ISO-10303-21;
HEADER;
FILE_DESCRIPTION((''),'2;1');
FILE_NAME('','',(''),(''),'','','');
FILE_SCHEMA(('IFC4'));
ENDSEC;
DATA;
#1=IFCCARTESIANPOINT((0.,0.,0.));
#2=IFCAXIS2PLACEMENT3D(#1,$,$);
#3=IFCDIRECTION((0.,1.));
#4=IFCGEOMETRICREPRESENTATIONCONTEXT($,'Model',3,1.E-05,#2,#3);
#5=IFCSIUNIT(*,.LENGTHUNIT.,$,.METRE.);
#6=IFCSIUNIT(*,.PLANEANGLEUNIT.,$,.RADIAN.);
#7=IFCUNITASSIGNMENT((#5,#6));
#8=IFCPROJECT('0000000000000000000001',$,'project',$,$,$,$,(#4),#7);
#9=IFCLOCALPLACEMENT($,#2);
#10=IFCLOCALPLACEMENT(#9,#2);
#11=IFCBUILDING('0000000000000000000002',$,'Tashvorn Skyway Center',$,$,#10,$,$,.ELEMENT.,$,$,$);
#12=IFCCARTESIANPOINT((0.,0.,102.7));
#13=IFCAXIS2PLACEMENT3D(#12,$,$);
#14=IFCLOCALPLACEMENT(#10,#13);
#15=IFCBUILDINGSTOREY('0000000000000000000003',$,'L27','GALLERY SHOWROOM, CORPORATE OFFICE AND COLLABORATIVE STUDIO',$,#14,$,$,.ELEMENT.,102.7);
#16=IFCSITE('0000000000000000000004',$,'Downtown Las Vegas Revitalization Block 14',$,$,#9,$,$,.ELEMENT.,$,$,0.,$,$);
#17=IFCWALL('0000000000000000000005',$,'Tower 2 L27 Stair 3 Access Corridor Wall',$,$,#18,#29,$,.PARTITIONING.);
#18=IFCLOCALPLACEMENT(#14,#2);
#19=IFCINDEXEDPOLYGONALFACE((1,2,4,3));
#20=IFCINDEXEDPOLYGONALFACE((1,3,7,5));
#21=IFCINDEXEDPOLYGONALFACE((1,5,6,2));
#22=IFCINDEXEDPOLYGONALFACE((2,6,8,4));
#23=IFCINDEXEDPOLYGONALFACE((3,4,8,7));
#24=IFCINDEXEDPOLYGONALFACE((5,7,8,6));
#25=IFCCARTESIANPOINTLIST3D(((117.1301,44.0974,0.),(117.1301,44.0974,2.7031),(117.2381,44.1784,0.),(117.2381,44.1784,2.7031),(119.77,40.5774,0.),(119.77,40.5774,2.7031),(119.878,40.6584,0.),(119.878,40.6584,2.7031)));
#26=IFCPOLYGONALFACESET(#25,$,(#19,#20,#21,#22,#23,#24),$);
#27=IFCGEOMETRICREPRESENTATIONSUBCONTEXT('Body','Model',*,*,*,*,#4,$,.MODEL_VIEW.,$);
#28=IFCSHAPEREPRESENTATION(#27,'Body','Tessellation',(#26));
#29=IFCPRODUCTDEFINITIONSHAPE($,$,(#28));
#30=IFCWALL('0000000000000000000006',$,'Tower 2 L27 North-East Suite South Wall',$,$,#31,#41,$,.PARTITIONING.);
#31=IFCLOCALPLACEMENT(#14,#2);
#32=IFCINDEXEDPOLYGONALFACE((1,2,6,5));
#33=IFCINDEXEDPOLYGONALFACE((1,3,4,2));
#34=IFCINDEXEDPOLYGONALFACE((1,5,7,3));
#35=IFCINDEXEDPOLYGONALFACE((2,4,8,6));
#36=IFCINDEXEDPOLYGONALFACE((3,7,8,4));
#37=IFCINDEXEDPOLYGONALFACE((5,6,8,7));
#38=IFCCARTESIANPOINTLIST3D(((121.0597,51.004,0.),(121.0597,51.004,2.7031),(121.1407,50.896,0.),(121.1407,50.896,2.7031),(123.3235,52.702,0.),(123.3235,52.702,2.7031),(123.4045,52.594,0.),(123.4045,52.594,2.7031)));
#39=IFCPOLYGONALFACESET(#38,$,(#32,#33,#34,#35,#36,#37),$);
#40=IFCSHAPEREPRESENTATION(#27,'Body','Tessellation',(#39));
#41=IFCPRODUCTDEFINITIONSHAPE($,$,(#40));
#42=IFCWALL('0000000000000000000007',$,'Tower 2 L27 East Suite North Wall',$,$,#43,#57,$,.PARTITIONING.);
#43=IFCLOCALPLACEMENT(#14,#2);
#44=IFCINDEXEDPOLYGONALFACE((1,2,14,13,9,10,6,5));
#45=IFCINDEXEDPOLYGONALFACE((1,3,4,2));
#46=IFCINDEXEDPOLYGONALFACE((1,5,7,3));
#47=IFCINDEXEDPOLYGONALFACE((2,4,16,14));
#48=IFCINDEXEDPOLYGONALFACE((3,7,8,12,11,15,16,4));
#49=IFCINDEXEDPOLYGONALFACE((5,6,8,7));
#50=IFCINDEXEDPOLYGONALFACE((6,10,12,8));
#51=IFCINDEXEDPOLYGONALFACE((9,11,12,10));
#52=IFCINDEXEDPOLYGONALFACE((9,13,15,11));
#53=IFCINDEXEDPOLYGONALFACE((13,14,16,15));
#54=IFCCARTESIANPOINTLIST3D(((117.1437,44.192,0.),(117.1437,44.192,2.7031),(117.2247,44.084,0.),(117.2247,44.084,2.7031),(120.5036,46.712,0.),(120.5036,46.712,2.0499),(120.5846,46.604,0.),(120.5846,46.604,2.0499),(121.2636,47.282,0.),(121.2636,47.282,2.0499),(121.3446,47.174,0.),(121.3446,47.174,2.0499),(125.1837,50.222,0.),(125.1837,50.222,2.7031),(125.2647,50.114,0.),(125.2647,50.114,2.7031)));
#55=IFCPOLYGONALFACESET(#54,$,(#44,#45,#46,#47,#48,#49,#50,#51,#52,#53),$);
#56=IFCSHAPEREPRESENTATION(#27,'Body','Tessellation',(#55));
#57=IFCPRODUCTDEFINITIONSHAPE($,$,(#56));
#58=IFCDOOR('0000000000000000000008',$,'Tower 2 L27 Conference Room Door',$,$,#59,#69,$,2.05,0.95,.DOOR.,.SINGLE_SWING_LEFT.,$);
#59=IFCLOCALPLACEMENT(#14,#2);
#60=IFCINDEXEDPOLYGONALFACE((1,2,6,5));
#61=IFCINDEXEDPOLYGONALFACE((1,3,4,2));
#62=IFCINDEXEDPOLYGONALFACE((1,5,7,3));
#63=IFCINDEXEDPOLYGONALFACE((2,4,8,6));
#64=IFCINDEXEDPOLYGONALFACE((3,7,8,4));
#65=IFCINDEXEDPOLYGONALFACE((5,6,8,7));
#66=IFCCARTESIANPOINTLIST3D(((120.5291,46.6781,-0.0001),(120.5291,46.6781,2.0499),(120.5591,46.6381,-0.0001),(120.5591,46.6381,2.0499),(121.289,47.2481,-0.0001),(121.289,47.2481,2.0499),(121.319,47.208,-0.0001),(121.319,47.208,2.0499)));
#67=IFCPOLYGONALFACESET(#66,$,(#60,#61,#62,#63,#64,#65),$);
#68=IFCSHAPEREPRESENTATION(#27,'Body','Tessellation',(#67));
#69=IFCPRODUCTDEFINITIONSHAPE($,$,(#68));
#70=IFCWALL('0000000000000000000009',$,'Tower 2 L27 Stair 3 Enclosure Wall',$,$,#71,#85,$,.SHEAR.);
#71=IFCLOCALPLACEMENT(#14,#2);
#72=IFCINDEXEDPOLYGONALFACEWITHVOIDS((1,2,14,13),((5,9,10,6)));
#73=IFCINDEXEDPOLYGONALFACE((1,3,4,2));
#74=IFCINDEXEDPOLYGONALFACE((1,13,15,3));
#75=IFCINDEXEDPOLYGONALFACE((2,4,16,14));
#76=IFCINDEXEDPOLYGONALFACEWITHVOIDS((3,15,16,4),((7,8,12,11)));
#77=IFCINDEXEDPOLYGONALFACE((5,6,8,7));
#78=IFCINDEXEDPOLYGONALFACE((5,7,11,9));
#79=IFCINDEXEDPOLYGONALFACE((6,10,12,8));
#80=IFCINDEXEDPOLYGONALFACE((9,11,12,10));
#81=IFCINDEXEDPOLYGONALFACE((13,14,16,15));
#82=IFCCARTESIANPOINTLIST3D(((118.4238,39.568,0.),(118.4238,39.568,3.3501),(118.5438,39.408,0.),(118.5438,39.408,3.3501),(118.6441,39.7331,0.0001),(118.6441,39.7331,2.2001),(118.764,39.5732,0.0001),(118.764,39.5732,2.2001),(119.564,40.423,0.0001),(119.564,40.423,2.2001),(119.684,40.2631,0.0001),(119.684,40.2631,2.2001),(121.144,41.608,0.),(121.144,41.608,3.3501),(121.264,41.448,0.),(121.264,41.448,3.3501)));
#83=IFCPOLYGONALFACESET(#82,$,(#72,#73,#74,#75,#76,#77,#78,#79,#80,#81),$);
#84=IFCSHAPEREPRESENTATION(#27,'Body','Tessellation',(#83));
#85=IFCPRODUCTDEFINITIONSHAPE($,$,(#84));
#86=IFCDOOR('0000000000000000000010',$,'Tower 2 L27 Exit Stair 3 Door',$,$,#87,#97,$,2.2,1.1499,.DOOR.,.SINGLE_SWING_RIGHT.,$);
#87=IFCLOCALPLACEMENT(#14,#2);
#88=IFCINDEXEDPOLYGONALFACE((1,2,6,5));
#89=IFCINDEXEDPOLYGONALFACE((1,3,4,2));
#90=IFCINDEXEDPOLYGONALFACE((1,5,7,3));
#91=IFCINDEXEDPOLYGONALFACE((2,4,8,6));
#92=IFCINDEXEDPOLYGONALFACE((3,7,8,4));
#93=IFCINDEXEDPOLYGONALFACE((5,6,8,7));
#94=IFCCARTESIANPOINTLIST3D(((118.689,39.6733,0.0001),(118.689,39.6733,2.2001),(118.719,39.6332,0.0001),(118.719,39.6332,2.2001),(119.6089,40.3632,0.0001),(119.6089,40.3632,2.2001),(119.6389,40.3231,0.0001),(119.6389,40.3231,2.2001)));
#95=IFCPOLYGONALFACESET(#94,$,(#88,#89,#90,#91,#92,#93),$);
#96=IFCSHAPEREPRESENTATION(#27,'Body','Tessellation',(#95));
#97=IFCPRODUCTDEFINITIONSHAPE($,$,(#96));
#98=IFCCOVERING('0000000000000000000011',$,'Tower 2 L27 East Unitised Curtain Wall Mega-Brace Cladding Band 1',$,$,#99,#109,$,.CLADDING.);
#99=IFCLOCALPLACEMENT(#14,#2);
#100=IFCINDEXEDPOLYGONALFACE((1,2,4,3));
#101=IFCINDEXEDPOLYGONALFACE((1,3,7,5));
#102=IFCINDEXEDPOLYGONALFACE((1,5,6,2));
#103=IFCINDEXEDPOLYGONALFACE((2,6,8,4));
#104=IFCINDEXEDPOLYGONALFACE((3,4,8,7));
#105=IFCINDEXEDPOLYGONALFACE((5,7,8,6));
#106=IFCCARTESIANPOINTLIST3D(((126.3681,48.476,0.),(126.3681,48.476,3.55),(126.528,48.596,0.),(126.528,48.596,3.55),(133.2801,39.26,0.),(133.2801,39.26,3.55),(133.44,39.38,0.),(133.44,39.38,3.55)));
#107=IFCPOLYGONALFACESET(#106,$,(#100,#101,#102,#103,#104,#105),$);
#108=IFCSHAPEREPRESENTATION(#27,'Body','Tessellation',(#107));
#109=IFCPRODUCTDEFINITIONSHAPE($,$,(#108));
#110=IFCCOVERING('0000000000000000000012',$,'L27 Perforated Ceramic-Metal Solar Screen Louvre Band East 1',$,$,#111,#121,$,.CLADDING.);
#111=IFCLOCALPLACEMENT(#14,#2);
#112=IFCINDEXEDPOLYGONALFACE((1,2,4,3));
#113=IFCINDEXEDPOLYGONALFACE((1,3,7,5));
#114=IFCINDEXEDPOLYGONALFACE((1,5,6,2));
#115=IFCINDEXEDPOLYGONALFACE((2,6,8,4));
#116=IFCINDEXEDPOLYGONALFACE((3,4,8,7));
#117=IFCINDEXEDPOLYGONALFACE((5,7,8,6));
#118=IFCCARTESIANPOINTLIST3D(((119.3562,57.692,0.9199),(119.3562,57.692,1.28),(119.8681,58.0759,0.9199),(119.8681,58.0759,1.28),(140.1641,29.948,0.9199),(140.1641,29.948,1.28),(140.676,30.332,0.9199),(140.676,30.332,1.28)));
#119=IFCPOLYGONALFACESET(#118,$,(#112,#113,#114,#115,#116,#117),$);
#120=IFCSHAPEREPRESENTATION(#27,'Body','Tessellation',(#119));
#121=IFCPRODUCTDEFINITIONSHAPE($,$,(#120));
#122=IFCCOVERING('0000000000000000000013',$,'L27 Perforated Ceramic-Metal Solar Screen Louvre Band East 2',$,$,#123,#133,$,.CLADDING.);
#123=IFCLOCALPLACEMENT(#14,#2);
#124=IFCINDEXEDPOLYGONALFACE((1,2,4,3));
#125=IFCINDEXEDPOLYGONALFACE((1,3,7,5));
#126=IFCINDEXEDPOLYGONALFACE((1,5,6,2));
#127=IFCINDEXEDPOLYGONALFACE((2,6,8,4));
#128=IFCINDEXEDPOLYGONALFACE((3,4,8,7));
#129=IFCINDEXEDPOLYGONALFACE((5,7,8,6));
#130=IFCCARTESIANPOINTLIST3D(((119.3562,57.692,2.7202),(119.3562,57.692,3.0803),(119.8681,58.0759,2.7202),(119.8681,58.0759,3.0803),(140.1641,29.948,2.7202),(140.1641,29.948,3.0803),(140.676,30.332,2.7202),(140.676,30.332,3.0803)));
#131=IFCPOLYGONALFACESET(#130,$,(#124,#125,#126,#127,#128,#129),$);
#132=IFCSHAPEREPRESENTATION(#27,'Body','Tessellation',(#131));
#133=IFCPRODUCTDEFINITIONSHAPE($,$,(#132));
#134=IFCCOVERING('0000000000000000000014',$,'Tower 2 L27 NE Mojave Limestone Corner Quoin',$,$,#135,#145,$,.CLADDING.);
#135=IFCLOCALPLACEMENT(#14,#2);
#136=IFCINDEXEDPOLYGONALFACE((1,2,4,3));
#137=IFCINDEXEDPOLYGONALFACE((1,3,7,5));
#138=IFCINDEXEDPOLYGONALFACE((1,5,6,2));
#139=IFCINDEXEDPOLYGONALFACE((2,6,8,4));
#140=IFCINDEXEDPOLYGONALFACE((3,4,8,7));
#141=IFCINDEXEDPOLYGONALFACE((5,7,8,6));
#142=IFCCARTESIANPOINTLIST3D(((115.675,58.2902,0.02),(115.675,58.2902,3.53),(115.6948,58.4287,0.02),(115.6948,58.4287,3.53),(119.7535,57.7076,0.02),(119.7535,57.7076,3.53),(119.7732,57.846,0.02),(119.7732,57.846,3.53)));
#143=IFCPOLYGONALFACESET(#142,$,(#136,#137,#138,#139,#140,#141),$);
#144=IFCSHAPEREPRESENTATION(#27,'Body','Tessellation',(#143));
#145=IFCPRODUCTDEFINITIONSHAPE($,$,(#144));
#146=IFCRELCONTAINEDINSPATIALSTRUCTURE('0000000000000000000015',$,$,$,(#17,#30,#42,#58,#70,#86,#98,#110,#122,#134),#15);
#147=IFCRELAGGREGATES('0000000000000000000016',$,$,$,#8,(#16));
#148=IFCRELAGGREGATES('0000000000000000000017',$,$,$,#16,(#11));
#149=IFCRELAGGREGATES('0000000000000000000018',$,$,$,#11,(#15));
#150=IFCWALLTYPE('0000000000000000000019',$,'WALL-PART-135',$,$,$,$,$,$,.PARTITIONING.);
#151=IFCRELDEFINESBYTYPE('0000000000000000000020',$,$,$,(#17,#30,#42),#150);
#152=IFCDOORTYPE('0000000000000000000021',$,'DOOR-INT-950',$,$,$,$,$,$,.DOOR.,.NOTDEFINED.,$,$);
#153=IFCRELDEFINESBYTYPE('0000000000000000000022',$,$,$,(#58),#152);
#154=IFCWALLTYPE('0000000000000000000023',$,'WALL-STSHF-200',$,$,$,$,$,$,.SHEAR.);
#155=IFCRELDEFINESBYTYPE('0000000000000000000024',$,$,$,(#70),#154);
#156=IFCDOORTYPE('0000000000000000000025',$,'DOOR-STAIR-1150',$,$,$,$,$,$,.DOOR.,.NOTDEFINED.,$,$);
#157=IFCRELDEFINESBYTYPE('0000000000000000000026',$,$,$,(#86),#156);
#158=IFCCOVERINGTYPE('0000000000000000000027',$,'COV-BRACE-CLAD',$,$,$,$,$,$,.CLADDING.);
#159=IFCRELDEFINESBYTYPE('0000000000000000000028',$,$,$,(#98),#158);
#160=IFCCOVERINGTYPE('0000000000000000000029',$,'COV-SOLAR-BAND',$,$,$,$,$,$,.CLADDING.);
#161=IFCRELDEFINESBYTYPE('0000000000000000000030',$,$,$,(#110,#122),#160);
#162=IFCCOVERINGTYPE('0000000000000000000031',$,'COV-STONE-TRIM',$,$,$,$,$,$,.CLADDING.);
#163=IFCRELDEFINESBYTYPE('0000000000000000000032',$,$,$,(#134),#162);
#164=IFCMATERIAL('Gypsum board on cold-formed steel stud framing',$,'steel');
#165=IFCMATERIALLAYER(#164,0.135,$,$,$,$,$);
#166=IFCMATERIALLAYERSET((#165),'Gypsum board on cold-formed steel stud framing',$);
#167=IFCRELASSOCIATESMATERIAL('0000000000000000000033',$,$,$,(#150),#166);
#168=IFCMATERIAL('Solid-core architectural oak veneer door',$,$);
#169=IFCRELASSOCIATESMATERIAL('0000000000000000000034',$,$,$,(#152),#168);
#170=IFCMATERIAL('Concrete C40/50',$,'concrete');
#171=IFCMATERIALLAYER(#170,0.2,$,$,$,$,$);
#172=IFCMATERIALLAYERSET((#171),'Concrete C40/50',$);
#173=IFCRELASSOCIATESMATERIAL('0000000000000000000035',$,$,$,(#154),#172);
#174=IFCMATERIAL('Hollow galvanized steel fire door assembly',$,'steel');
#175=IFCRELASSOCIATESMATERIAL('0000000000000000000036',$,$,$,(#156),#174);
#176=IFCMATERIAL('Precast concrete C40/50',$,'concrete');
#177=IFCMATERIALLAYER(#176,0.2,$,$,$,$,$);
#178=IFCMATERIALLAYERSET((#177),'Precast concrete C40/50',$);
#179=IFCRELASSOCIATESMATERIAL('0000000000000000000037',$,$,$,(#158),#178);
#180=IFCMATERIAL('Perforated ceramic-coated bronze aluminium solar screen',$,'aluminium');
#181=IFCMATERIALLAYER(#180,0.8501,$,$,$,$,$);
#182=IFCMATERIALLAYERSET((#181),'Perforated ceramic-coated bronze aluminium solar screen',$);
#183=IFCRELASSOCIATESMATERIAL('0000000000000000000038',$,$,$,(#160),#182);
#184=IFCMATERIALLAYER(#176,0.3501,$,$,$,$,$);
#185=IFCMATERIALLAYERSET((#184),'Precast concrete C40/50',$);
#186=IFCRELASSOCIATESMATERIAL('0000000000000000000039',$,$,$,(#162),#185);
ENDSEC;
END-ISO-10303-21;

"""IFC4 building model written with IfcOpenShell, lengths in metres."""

from ifc_helpers import new_model, si_unit, direction, frame, frame_2d, origin, origin_2d, place, context, subcontext, project, spatial, rectangle, extrude, material, layer, layer_set, type_object, element, fill, save


model = new_model("IFC4")

# Units and contexts
model_context = context("Model", 3, precision=1e-05, world=origin(), true_north=direction((0.0, 1.0)))
body_context = subcontext(model_context, "Body", "Model", "MODEL_VIEW")
ifc_project = project(units=[si_unit("LENGTHUNIT", "METRE"), si_unit("PLANEANGLEUNIT", "RADIAN")], contexts=[model_context])

# Site, building, storey
site_placement = place(None, origin())
site = spatial("IfcSite", under=ifc_project, at=site_placement, Name="Downtown Las Vegas Revitalization Block 14", CompositionType="ELEMENT", RefElevation=0.0)
building_placement = place(site_placement, origin())
building = spatial("IfcBuilding", under=site, at=building_placement, Name="Tashvorn Skyway Center", CompositionType="ELEMENT")
storey_placement = place(building_placement, frame((0.0, 0.0, 102.7)))
storey = spatial("IfcBuildingStorey", under=building, at=storey_placement, Name="L27", Description="GALLERY SHOWROOM, CORPORATE OFFICE AND COLLABORATIVE STUDIO", CompositionType="ELEMENT", Elevation=102.7)

# Walls
ifc_material_1 = material(Name="Precast concrete C40/50", Category="concrete")
ifc_material_2 = material(Name="Gypsum board on cold-formed steel stud framing", Category="steel")
ifc_layer_1 = layer(ifc_material_2, 0.135)
ifc_layer_set_1 = layer_set([ifc_layer_1], Name="Gypsum board on cold-formed steel stud framing")
wall_type_1 = type_object("IfcWallType", Name="WALL-PART-135", PredefinedType="PARTITIONING", material=ifc_layer_set_1)
wall_1_placement = place(storey_placement, frame((119.824, 40.6179, 0.0), z_axis=(0.0, 0.0, 1.0), x_axis=(-0.599982, 0.800013, 0.0)))
element("IfcWall", 1, at=wall_1_placement, inside=storey, type_object=wall_type_1, Name="Tower 2 L27 Stair 3 Access Corridor Wall", PredefinedType="PARTITIONING", context=body_context, shape_type="SweptSolid", body=[
    extrude(rectangle(XDim=4.3999, YDim=0.135, at=frame_2d((2.2, 0.0))), origin(), (0.0, 0.0, 1.0), 2.7031),
])
wall_2_placement = place(storey_placement, frame((121.1001, 50.95, 0.0), z_axis=(0.0, 0.0, 1.0), x_axis=(0.79999, 0.600014, 0.0)))
element("IfcWall", 2, at=wall_2_placement, inside=storey, type_object=wall_type_1, Name="Tower 2 L27 North-East Suite South Wall", PredefinedType="PARTITIONING", context=body_context, shape_type="SweptSolid", body=[
    extrude(rectangle(XDim=2.8298, YDim=0.135, at=frame_2d((1.415, 0.0))), origin(), (0.0, 0.0, 1.0), 2.7031),
])

# Walls, openings, doors
wall_3_placement = place(storey_placement, frame((125.2241, 50.168, 0.0), z_axis=(0.0, 0.0, 1.0), x_axis=(-0.8, -0.6, 0.0)))
wall_3 = element("IfcWall", 3, at=wall_3_placement, inside=storey, type_object=wall_type_1, Name="Tower 2 L27 East Suite North Wall", PredefinedType="PARTITIONING", context=body_context, shape_type="SweptSolid", body=[
    extrude(rectangle(XDim=10.05, YDim=0.135, at=frame_2d((5.0249, 0.0))), origin(), (0.0, 0.0, 1.0), 2.7031),
])
opening_1_placement = place(wall_3_placement, frame((4.8999, 0.0, 0.0)))
opening_1 = element("IfcOpeningElement", 4, at=opening_1_placement, cuts=wall_3, PredefinedType="OPENING", context=body_context, shape_type="SweptSolid", body=[
    extrude(rectangle(XDim=0.95, YDim=2.05, at=frame_2d((0.4751, 1.0249))), frame((0.0, 0.0774, 0.0), z_axis=(0.0, -1.0, 0.0), x_axis=(1.0, 0.0, 0.0)), (0.0, 0.0, 1.0), 0.155),
])
ifc_material_3 = material(Name="Solid-core architectural oak veneer door")
door_type_1 = type_object("IfcDoorType", Name="DOOR-INT-950", OperationType="NOTDEFINED", PredefinedType="DOOR", material=ifc_material_3)
door_1_placement = place(opening_1_placement, origin())
door_1 = element("IfcDoor", 5, at=door_1_placement, inside=storey, type_object=door_type_1, Name="Tower 2 L27 Conference Room Door", OperationType="SINGLE_SWING_LEFT", OverallHeight=2.05, OverallWidth=0.95, PredefinedType="DOOR", context=body_context, shape_type="SweptSolid", body=[
    extrude(rectangle(XDim=0.95, YDim=2.05, at=frame_2d((0.4751, 1.0249))), frame((0.0, 0.0249, 0.0), z_axis=(0.0, -1.0, 0.0), x_axis=(1.0, 0.0, 0.0)), (0.0, 0.0, 1.0), 0.05),
])
fill(opening_1, door_1)
ifc_material_4 = material(Name="Concrete C40/50", Category="concrete")
ifc_layer_2 = layer(ifc_material_4, 0.2)
ifc_layer_set_2 = layer_set([ifc_layer_2], Name="Concrete C40/50")
wall_type_2 = type_object("IfcWallType", Name="WALL-STSHF-200", PredefinedType="SHEAR", material=ifc_layer_set_2)
wall_4_placement = place(storey_placement, frame((121.2041, 41.5281, 0.0), z_axis=(0.0, 0.0, 1.0), x_axis=(-0.800017, -0.599977, 0.0)))
wall_4 = element("IfcWall", 6, at=wall_4_placement, inside=storey, type_object=wall_type_2, Name="Tower 2 L27 Stair 3 Enclosure Wall", PredefinedType="SHEAR", context=body_context, shape_type="SweptSolid", body=[
    extrude(rectangle(XDim=3.4001, YDim=0.2, at=frame_2d((1.7002, 0.0))), origin(), (0.0, 0.0, 1.0), 3.3501),
])
opening_2_placement = place(wall_4_placement, frame((1.9751, 0.0, 0.0)))
opening_2 = element("IfcOpeningElement", 7, at=opening_2_placement, cuts=wall_4, PredefinedType="OPENING", context=body_context, shape_type="SweptSolid", body=[
    extrude(rectangle(XDim=1.1499, YDim=2.2, at=frame_2d((0.575, 1.1001))), frame((0.0, 0.1099, 0.0), z_axis=(0.0, -1.0, 0.0), x_axis=(1.0, 0.0, 0.0)), (0.0, 0.0, 1.0), 0.22),
])
ifc_material_5 = material(Name="Hollow galvanized steel fire door assembly", Category="steel")
door_type_2 = type_object("IfcDoorType", Name="DOOR-STAIR-1150", OperationType="NOTDEFINED", PredefinedType="DOOR", material=ifc_material_5)
door_2_placement = place(opening_2_placement, origin())
door_2 = element("IfcDoor", 8, at=door_2_placement, inside=storey, type_object=door_type_2, Name="Tower 2 L27 Exit Stair 3 Door", OperationType="SINGLE_SWING_RIGHT", OverallHeight=2.2, OverallWidth=1.1499, PredefinedType="DOOR", context=body_context, shape_type="SweptSolid", body=[
    extrude(rectangle(XDim=1.1499, YDim=2.2, at=frame_2d((0.575, 1.1001))), frame((0.0, 0.0249, 0.0), z_axis=(0.0, -1.0, 0.0), x_axis=(1.0, 0.0, 0.0)), (0.0, 0.0, 1.0), 0.05),
])
fill(opening_2, door_2)

# Coverings
ifc_layer_3 = layer(ifc_material_1, 0.2)
ifc_layer_set_3 = layer_set([ifc_layer_3], Name="Precast concrete C40/50")
covering_type_1 = type_object("IfcCoveringType", Name="COV-BRACE-CLAD", PredefinedType="CLADDING", material=ifc_layer_set_3)
covering_1_placement = place(storey_placement, frame((129.9041, 43.928, 0.0), z_axis=(0.0, 0.0, 1.0), x_axis=(0.6, -0.8, 0.0)))
element("IfcCovering", 9, at=covering_1_placement, inside=storey, type_object=covering_type_1, Name="Tower 2 L27 East Unitised Curtain Wall Mega-Brace Cladding Band 1", PredefinedType="CLADDING", context=body_context, shape_type="SweptSolid", body=[
    extrude(rectangle(XDim=11.52, YDim=0.2, at=origin_2d()), origin(), (0.0, 0.0, 1.0), 3.55),
])
ifc_material_6 = material(Name="Perforated ceramic-coated bronze aluminium solar screen", Category="aluminium")
ifc_layer_4 = layer(ifc_material_6, 0.8501)
ifc_layer_set_4 = layer_set([ifc_layer_4], Name="Perforated ceramic-coated bronze aluminium solar screen")
covering_type_2 = type_object("IfcCoveringType", Name="COV-SOLAR-BAND", PredefinedType="CLADDING", material=ifc_layer_set_4)
for number, where, z_axis, x_axis, name in (
    (10, (130.0161, 44.012, 0.9199), (0.0, 0.0, 1.0), (0.6, -0.8, 0.0), "L27 Perforated Ceramic-Metal Solar Screen Louvre Band East 1"),
    (11, (130.0161, 44.012, 2.7202), (0.0, 0.0, 1.0), (0.6, -0.8, 0.0), "L27 Perforated Ceramic-Metal Solar Screen Louvre Band East 2"),
):
    element("IfcCovering", number, at=place(storey_placement, frame(where, z_axis=z_axis, x_axis=x_axis)), inside=storey, type_object=covering_type_2, Name=name, PredefinedType="CLADDING", context=body_context, shape_type="SweptSolid", body=[
        extrude(rectangle(XDim=34.6799, YDim=0.6399, at=origin_2d()), origin(), (0.0, 0.0, 1.0), 0.3601),
    ])
ifc_layer_5 = layer(ifc_material_1, 0.3501)
ifc_layer_set_5 = layer_set([ifc_layer_5], Name="Precast concrete C40/50")
covering_type_3 = type_object("IfcCoveringType", Name="COV-STONE-TRIM", PredefinedType="CLADDING", material=ifc_layer_set_5)
covering_2_placement = place(storey_placement, frame((117.7241, 58.0681, 0.02), z_axis=(0.0, 0.0, 1.0), x_axis=(0.989949, -0.141421, 0.0)))
element("IfcCovering", 12, at=covering_2_placement, inside=storey, type_object=covering_type_3, Name="Tower 2 L27 NE Mojave Limestone Corner Quoin", PredefinedType="CLADDING", context=body_context, shape_type="SweptSolid", body=[
    extrude(rectangle(XDim=4.1199, YDim=0.1399, at=origin_2d()), origin(), (0.0, 0.0, 1.0), 3.51),
])

save(model, "model.ifc")
